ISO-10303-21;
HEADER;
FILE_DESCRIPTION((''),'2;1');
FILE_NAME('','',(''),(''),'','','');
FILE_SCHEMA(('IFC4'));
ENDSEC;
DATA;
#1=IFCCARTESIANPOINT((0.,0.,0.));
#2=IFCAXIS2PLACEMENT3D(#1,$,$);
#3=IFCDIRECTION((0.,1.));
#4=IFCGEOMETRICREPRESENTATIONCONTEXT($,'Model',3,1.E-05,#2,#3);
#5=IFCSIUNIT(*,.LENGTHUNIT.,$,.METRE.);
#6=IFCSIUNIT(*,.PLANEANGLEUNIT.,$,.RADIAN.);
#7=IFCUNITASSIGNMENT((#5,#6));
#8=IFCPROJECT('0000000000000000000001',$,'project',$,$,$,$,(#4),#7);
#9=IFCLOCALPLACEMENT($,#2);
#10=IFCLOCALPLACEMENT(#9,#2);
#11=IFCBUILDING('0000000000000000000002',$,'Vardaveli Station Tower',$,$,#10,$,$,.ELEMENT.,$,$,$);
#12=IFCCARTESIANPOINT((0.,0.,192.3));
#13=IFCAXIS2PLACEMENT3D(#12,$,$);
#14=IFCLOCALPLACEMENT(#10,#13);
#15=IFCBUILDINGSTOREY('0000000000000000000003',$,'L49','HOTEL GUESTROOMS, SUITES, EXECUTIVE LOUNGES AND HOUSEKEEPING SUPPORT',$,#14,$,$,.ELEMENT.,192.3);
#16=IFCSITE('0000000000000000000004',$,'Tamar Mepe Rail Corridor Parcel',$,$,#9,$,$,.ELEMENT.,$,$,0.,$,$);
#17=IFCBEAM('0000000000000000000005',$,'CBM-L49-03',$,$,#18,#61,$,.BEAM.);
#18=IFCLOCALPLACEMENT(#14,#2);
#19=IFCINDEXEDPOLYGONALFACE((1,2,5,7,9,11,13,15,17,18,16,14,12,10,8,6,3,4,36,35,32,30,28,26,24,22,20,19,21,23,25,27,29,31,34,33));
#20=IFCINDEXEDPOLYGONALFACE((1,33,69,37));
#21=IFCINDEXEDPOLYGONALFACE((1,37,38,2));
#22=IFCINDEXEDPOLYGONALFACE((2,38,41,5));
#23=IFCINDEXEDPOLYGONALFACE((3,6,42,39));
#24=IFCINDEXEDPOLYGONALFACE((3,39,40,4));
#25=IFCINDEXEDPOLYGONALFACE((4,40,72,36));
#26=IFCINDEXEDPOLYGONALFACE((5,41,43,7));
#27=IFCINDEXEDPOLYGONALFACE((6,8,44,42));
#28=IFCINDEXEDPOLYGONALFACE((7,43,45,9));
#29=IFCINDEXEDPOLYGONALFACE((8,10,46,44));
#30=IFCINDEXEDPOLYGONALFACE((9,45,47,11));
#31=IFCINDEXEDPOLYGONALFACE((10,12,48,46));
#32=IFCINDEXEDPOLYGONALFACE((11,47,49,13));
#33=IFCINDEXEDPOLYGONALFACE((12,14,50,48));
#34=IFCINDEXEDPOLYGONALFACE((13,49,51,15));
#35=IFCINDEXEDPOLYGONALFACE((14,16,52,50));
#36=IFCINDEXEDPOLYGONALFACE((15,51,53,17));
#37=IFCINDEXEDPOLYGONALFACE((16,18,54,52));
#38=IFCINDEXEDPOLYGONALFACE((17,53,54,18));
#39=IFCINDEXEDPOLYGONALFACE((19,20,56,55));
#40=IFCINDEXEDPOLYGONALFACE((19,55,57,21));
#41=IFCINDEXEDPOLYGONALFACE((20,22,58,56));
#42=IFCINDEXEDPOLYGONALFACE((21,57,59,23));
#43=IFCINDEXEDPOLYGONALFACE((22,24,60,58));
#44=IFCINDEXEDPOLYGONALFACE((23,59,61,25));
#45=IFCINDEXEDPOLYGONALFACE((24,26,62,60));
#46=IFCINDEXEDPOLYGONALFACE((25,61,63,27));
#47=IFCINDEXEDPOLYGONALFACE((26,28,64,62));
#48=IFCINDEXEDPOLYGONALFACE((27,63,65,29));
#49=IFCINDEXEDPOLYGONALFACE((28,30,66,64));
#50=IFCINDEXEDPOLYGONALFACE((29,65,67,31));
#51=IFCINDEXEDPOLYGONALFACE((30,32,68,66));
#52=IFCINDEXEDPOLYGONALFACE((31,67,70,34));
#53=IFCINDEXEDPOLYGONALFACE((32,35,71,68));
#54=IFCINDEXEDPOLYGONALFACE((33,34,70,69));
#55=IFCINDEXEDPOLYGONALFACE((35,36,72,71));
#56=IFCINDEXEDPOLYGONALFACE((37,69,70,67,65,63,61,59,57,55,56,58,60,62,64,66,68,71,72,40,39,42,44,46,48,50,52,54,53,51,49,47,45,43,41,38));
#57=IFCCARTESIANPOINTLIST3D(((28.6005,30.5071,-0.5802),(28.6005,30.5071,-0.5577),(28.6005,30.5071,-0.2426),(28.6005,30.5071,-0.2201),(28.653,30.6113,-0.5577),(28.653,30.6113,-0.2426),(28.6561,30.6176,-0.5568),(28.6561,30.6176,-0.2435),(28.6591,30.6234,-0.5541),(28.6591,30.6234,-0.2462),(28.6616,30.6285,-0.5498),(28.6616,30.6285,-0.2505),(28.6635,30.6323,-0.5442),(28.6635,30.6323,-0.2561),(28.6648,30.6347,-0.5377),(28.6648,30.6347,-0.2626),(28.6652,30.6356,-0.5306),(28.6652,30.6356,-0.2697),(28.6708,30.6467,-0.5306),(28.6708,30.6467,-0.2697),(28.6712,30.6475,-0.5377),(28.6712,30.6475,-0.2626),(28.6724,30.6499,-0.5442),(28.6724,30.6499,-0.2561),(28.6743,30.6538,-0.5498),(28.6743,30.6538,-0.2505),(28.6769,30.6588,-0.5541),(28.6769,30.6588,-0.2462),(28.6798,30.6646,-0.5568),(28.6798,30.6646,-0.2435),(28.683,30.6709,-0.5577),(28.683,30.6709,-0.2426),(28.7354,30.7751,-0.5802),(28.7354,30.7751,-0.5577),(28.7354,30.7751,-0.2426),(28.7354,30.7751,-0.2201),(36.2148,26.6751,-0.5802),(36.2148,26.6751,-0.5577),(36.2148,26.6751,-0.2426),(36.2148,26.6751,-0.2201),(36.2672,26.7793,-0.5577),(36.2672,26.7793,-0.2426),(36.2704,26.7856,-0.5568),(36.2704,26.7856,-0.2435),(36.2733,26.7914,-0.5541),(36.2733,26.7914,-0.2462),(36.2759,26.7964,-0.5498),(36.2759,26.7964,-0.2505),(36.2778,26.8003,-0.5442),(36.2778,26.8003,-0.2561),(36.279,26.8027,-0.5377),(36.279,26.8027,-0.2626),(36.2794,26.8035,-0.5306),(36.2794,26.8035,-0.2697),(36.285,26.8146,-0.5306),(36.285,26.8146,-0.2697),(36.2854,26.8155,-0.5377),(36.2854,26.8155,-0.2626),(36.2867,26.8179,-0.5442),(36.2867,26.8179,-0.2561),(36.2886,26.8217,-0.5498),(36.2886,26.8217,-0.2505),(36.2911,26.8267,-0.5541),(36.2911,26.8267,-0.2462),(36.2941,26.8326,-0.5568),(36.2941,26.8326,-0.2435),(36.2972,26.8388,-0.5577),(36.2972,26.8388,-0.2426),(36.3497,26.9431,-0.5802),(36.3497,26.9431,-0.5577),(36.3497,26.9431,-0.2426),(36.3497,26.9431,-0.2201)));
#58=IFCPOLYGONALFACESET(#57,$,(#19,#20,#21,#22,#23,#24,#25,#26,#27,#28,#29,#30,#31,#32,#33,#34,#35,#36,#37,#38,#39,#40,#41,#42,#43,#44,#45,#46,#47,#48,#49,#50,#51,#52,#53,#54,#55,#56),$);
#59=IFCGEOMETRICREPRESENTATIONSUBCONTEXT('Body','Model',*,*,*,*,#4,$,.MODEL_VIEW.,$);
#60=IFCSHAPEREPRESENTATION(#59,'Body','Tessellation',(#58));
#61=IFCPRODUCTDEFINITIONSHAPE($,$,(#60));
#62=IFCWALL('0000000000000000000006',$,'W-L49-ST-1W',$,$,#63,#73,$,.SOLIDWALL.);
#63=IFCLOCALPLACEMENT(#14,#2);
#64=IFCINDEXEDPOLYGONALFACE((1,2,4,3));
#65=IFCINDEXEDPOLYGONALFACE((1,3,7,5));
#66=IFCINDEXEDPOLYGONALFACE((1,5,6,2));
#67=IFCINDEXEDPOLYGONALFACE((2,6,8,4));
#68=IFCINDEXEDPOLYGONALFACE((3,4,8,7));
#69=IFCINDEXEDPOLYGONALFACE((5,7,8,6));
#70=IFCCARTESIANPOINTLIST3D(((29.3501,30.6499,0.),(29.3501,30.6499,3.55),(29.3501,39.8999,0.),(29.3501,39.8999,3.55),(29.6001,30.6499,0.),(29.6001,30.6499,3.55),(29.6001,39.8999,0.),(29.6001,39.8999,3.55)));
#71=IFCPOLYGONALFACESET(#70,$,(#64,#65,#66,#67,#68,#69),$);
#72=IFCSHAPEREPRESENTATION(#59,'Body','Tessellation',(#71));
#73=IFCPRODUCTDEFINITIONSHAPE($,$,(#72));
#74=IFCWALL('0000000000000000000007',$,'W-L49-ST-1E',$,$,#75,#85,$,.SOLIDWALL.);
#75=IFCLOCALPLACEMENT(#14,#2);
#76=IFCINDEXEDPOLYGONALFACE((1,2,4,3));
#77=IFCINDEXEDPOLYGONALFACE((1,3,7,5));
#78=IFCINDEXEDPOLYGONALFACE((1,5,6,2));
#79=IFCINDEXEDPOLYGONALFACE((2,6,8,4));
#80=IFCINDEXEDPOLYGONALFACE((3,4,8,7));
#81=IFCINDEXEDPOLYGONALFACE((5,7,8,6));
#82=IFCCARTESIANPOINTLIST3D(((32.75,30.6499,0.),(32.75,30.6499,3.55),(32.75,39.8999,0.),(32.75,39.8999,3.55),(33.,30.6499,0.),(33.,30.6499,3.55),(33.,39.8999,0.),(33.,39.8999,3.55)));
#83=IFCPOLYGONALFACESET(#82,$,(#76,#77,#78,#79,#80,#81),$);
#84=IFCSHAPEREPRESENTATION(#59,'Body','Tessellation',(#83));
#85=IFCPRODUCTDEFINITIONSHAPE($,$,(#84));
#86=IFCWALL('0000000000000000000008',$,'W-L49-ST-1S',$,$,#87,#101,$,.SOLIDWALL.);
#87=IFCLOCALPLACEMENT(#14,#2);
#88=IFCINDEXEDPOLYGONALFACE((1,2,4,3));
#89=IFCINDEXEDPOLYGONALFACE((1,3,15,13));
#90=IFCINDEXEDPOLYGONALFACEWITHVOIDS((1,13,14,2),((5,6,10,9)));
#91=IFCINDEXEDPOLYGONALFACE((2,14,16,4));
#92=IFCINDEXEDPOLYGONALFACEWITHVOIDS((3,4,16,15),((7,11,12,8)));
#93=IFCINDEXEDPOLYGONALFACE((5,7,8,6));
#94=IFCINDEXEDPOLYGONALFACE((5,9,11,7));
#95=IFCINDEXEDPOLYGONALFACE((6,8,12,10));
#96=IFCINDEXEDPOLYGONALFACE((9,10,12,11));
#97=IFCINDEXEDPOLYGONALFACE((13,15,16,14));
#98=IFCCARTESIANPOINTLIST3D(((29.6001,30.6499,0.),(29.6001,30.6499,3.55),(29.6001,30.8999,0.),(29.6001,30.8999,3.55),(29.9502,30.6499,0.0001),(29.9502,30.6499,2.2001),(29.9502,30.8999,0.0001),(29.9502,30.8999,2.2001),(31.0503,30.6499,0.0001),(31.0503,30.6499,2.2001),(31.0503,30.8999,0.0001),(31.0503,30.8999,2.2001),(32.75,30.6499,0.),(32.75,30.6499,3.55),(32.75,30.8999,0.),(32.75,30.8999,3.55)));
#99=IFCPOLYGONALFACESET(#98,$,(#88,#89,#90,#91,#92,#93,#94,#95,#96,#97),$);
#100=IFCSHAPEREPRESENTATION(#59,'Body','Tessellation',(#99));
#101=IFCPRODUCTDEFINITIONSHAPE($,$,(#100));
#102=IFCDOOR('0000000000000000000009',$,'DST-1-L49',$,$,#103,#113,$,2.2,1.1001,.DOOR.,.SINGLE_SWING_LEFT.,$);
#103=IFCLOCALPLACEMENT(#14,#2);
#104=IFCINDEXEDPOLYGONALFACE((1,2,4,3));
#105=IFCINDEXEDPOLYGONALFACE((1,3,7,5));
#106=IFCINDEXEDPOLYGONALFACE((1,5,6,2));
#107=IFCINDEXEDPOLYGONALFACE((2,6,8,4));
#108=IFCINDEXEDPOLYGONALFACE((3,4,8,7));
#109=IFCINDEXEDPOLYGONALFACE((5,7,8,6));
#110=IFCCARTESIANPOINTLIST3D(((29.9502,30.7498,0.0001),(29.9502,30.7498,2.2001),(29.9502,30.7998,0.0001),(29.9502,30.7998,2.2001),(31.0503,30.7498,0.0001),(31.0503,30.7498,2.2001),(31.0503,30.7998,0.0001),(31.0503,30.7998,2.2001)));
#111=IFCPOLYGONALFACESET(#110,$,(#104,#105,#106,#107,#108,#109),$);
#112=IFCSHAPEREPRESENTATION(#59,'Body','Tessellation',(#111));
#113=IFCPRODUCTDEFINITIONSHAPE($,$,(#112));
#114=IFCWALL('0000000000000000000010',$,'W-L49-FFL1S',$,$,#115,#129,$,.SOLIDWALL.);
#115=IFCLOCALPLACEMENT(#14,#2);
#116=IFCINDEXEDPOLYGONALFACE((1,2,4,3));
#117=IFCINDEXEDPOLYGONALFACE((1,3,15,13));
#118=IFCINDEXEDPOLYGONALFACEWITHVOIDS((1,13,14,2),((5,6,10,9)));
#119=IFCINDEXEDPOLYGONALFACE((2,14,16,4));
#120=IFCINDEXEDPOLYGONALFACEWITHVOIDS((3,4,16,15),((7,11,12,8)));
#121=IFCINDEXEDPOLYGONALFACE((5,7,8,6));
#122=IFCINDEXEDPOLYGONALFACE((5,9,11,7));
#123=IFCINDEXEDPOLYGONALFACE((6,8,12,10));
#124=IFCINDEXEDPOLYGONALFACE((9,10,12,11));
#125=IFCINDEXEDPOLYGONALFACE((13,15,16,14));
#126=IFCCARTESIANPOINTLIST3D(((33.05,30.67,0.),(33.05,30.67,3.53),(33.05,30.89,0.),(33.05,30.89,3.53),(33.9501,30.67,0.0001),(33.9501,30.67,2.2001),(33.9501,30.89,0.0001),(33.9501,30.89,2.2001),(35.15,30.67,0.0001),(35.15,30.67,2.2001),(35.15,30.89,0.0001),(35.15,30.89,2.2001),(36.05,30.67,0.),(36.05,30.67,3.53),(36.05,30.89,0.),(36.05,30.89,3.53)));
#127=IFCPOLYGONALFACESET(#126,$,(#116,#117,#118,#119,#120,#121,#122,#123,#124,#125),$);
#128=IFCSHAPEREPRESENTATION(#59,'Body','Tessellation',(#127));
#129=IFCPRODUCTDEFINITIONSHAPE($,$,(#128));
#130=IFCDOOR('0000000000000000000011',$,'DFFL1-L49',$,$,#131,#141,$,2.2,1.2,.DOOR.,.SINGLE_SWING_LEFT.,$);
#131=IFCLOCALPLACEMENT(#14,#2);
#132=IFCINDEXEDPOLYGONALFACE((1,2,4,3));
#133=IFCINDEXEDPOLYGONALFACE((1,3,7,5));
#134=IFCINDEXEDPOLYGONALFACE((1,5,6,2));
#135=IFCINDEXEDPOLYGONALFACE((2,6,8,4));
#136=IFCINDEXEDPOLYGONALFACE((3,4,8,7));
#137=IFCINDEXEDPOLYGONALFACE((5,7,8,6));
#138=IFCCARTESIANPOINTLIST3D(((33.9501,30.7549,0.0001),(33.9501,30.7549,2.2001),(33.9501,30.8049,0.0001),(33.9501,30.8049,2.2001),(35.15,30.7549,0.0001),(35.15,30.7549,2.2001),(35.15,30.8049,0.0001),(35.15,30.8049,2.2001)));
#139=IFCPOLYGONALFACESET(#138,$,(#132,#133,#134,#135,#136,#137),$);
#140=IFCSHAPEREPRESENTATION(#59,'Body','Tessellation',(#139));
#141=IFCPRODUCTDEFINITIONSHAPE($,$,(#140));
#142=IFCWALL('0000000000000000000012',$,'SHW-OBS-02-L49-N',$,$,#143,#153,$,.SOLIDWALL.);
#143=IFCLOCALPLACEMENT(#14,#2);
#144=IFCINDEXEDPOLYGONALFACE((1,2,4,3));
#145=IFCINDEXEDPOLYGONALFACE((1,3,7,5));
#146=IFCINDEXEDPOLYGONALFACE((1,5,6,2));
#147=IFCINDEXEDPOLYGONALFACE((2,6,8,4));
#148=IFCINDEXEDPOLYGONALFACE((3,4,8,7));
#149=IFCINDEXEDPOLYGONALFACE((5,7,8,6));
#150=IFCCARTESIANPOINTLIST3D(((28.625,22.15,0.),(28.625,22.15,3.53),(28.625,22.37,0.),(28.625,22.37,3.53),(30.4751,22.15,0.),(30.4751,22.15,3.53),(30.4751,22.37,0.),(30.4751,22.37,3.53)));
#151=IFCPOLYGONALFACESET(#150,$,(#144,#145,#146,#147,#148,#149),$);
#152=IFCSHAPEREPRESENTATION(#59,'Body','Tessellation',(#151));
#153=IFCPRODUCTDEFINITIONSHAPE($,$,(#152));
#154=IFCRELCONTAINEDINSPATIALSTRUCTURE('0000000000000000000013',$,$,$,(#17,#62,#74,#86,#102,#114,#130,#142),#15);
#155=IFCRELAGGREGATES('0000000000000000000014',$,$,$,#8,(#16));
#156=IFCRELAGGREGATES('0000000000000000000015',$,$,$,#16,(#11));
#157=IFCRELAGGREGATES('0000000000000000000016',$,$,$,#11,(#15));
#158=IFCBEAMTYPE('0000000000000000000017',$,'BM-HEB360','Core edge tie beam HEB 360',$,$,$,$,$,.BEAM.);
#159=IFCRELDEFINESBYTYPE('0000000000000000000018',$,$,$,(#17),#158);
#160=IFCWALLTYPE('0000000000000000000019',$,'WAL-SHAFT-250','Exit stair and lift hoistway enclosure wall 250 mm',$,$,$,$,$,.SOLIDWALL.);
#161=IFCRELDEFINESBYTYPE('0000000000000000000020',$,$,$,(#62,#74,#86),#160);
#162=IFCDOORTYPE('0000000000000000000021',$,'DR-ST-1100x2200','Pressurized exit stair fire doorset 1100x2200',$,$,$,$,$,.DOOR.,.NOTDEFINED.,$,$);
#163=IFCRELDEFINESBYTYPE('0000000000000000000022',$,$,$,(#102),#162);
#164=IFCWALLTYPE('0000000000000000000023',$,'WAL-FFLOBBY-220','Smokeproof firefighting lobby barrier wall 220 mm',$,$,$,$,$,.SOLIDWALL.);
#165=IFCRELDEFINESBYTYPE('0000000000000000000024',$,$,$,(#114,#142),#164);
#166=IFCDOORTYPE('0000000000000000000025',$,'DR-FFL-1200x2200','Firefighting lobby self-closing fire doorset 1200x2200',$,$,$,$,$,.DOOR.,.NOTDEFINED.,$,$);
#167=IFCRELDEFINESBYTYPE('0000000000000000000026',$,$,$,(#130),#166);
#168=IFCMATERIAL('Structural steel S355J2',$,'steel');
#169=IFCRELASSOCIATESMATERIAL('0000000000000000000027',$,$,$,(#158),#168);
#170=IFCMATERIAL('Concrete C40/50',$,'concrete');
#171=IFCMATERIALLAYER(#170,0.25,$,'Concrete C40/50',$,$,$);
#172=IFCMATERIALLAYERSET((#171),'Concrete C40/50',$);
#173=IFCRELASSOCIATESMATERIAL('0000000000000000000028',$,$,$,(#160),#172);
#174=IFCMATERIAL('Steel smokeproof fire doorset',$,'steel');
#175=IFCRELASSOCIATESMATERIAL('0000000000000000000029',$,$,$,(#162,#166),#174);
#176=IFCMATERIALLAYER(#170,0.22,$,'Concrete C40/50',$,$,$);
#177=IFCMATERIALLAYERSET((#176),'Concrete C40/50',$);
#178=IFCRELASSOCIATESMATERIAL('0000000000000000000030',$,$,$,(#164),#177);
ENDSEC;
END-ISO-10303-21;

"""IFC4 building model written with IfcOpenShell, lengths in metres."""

from ifc_helpers import new_model, si_unit, direction, frame, frame_2d, origin, origin_2d, place, context, subcontext, project, spatial, rectangle, i_section, extrude, source, transform, mapped, material, layer, layer_set, material_profile, profile_set, type_object, element, fill, save


model = new_model("IFC4")

# Units and contexts
model_context = context("Model", 3, precision=1e-05, world=origin(), true_north=direction((0.0, 1.0)))
body_context = subcontext(model_context, "Body", "Model", "MODEL_VIEW")
ifc_project = project(units=[si_unit("LENGTHUNIT", "METRE"), si_unit("PLANEANGLEUNIT", "RADIAN")], contexts=[model_context])

# Site, building, storey
site_placement = place(None, origin())
site = spatial("IfcSite", under=ifc_project, at=site_placement, Name="Tamar Mepe Rail Corridor Parcel", CompositionType="ELEMENT", RefElevation=0.0)
building_placement = place(site_placement, origin())
building = spatial("IfcBuilding", under=site, at=building_placement, Name="Vardaveli Station Tower", CompositionType="ELEMENT")
storey_placement = place(building_placement, frame((0.0, 0.0, 192.3)))
storey = spatial("IfcBuildingStorey", under=building, at=storey_placement, Name="L49", Description="HOTEL GUESTROOMS, SUITES, EXECUTIVE LOUNGES AND HOUSEKEEPING SUPPORT", CompositionType="ELEMENT", Elevation=192.3)

# Beam
ifc_material_1 = material(Name="Structural steel S355J2", Category="steel")
ifc_material_profile_1 = material_profile(ifc_material_1, i_section(OverallWidth=0.3, OverallDepth=0.3601, WebThickness=0.0125, FlangeThickness=0.0225, FilletRadius=0.0271, at=origin_2d()), Name="HEB 360")
ifc_profile_set_1 = profile_set([ifc_material_profile_1], Name="Structural steel S355J2")
beam_type_1 = type_object("IfcBeamType", Name="BM-HEB360", Description="Core edge tie beam HEB 360", PredefinedType="BEAM", material=ifc_profile_set_1)
shared_shape_1 = source(origin(), body_context, "Body", "SweptSolid", [
    extrude(i_section(OverallWidth=0.3, OverallDepth=0.3601, WebThickness=0.0125, FlangeThickness=0.0225, FilletRadius=0.0271, at=origin_2d()), origin(), (0.0, 0.0, 1.0), 8.5242),
])
beam_1_placement = place(storey_placement, frame((28.668, 30.6411, -0.4001), z_axis=(0.893256, -0.449549, 0.0), x_axis=(0.449549, 0.893256, 0.0)))
element("IfcBeam", 1, at=beam_1_placement, inside=storey, type_object=beam_type_1, Name="CBM-L49-03", PredefinedType="BEAM", context=body_context, shape_type="MappedRepresentation", body=[
    mapped(shared_shape_1, transform((0.0, 0.0, 0.0), scale=1.0)),
])

# Walls
ifc_material_2 = material(Name="Concrete C40/50", Category="concrete")
ifc_layer_1 = layer(ifc_material_2, 0.25, Name="Concrete C40/50")
ifc_layer_set_1 = layer_set([ifc_layer_1], Name="Concrete C40/50")
wall_type_1 = type_object("IfcWallType", Name="WAL-SHAFT-250", Description="Exit stair and lift hoistway enclosure wall 250 mm", PredefinedType="SOLIDWALL", material=ifc_layer_set_1)
shared_shape_2 = source(origin(), body_context, "Body", "SweptSolid", [
    extrude(rectangle(XDim=9.25, YDim=0.25, at=frame_2d((4.625, 0.0))), origin(), (0.0, 0.0, 1.0), 3.55),
])
for number, where, z_axis, x_axis, name in (
    (2, (29.4751, 30.6499, 0.0), (0.0, 0.0, 1.0), (0.0, 1.0, 0.0), "W-L49-ST-1W"),
    (3, (32.875, 30.6499, 0.0), (0.0, 0.0, 1.0), (0.0, 1.0, 0.0), "W-L49-ST-1E"),
):
    element("IfcWall", number, at=place(storey_placement, frame(where, z_axis=z_axis, x_axis=x_axis)), inside=storey, type_object=wall_type_1, Name=name, PredefinedType="SOLIDWALL", context=body_context, shape_type="MappedRepresentation", body=[
        mapped(shared_shape_2, transform((0.0, 0.0, 0.0), scale=1.0)),
    ])

# Walls, openings, doors
shared_shape_3 = source(origin(), body_context, "Body", "SweptSolid", [
    extrude(rectangle(XDim=3.1499, YDim=0.25, at=frame_2d((1.575, 0.0))), origin(), (0.0, 0.0, 1.0), 3.55),
])
wall_1_placement = place(storey_placement, frame((29.6001, 30.7749, 0.0), z_axis=(0.0, 0.0, 1.0), x_axis=(1.0, 0.0, 0.0)))
wall_1 = element("IfcWall", 4, at=wall_1_placement, inside=storey, type_object=wall_type_1, Name="W-L49-ST-1S", PredefinedType="SOLIDWALL", context=body_context, shape_type="MappedRepresentation", body=[
    mapped(shared_shape_3, transform((0.0, 0.0, 0.0), scale=1.0)),
])
shared_shape_4 = source(origin(), body_context, "Body", "SweptSolid", [
    extrude(rectangle(XDim=1.1001, YDim=2.2, at=frame_2d((0.55, 1.1001))), frame((0.0, 0.135, 0.0), z_axis=(0.0, -1.0, 0.0), x_axis=(1.0, 0.0, 0.0)), (0.0, 0.0, 1.0), 0.27),
])
opening_1_placement = place(wall_1_placement, frame((0.3501, 0.0, 0.0)))
opening_1 = element("IfcOpeningElement", 5, at=opening_1_placement, cuts=wall_1, PredefinedType="OPENING", context=body_context, shape_type="MappedRepresentation", body=[
    mapped(shared_shape_4, transform((0.0, 0.0, 0.0), scale=1.0)),
])
ifc_material_3 = material(Name="Steel smokeproof fire doorset", Category="steel")
door_type_1 = type_object("IfcDoorType", Name="DR-ST-1100x2200", Description="Pressurized exit stair fire doorset 1100x2200", OperationType="NOTDEFINED", PredefinedType="DOOR", material=ifc_material_3)
shared_shape_5 = source(origin(), body_context, "Body", "SweptSolid", [
    extrude(rectangle(XDim=1.1001, YDim=2.2, at=frame_2d((0.55, 1.1001))), frame((0.0, 0.0249, 0.0), z_axis=(0.0, -1.0, 0.0), x_axis=(1.0, 0.0, 0.0)), (0.0, 0.0, 1.0), 0.05),
])
door_1_placement = place(opening_1_placement, origin())
door_1 = element("IfcDoor", 6, at=door_1_placement, inside=storey, type_object=door_type_1, Name="DST-1-L49", OperationType="SINGLE_SWING_LEFT", OverallHeight=2.2, OverallWidth=1.1001, PredefinedType="DOOR", context=body_context, shape_type="MappedRepresentation", body=[
    mapped(shared_shape_5, transform((0.0, 0.0, 0.0), scale=1.0)),
])
fill(opening_1, door_1)
ifc_layer_2 = layer(ifc_material_2, 0.22, Name="Concrete C40/50")
ifc_layer_set_2 = layer_set([ifc_layer_2], Name="Concrete C40/50")
wall_type_2 = type_object("IfcWallType", Name="WAL-FFLOBBY-220", Description="Smokeproof firefighting lobby barrier wall 220 mm", PredefinedType="SOLIDWALL", material=ifc_layer_set_2)
shared_shape_6 = source(origin(), body_context, "Body", "SweptSolid", [
    extrude(rectangle(XDim=3.0, YDim=0.22, at=frame_2d((1.5, 0.0))), origin(), (0.0, 0.0, 1.0), 3.53),
])
wall_2_placement = place(storey_placement, frame((33.05, 30.78, 0.0), z_axis=(0.0, 0.0, 1.0), x_axis=(1.0, 0.0, 0.0)))
wall_2 = element("IfcWall", 7, at=wall_2_placement, inside=storey, type_object=wall_type_2, Name="W-L49-FFL1S", PredefinedType="SOLIDWALL", context=body_context, shape_type="MappedRepresentation", body=[
    mapped(shared_shape_6, transform((0.0, 0.0, 0.0), scale=1.0)),
])
shared_shape_7 = source(origin(), body_context, "Body", "SweptSolid", [
    extrude(rectangle(XDim=1.2, YDim=2.2, at=frame_2d((0.6001, 1.1001))), frame((0.0, 0.1201, 0.0), z_axis=(0.0, -1.0, 0.0), x_axis=(1.0, 0.0, 0.0)), (0.0, 0.0, 1.0), 0.24),
])
opening_2_placement = place(wall_2_placement, frame((0.8999, 0.0, 0.0)))
opening_2 = element("IfcOpeningElement", 8, at=opening_2_placement, cuts=wall_2, PredefinedType="OPENING", context=body_context, shape_type="MappedRepresentation", body=[
    mapped(shared_shape_7, transform((0.0, 0.0, 0.0), scale=1.0)),
])
door_type_2 = type_object("IfcDoorType", Name="DR-FFL-1200x2200", Description="Firefighting lobby self-closing fire doorset 1200x2200", OperationType="NOTDEFINED", PredefinedType="DOOR", material=ifc_material_3)
shared_shape_8 = source(origin(), body_context, "Body", "SweptSolid", [
    extrude(rectangle(XDim=1.2, YDim=2.2, at=frame_2d((0.6001, 1.1001))), frame((0.0, 0.0249, 0.0), z_axis=(0.0, -1.0, 0.0), x_axis=(1.0, 0.0, 0.0)), (0.0, 0.0, 1.0), 0.05),
])
door_2_placement = place(opening_2_placement, origin())
door_2 = element("IfcDoor", 9, at=door_2_placement, inside=storey, type_object=door_type_2, Name="DFFL1-L49", OperationType="SINGLE_SWING_LEFT", OverallHeight=2.2, OverallWidth=1.2, PredefinedType="DOOR", context=body_context, shape_type="MappedRepresentation", body=[
    mapped(shared_shape_8, transform((0.0, 0.0, 0.0), scale=1.0)),
])
fill(opening_2, door_2)

# Wall
shared_shape_9 = source(origin(), body_context, "Body", "SweptSolid", [
    extrude(rectangle(XDim=1.8501, YDim=0.22, at=frame_2d((0.925, 0.0))), origin(), (0.0, 0.0, 1.0), 3.53),
])
wall_3_placement = place(storey_placement, frame((28.625, 22.26, 0.0), z_axis=(0.0, 0.0, 1.0), x_axis=(1.0, 0.0, 0.0)))
element("IfcWall", 10, at=wall_3_placement, inside=storey, type_object=wall_type_2, Name="SHW-OBS-02-L49-N", PredefinedType="SOLIDWALL", context=body_context, shape_type="MappedRepresentation", body=[
    mapped(shared_shape_9, transform((0.0, 0.0, 0.0), scale=1.0)),
])

save(model, "model.ifc")
